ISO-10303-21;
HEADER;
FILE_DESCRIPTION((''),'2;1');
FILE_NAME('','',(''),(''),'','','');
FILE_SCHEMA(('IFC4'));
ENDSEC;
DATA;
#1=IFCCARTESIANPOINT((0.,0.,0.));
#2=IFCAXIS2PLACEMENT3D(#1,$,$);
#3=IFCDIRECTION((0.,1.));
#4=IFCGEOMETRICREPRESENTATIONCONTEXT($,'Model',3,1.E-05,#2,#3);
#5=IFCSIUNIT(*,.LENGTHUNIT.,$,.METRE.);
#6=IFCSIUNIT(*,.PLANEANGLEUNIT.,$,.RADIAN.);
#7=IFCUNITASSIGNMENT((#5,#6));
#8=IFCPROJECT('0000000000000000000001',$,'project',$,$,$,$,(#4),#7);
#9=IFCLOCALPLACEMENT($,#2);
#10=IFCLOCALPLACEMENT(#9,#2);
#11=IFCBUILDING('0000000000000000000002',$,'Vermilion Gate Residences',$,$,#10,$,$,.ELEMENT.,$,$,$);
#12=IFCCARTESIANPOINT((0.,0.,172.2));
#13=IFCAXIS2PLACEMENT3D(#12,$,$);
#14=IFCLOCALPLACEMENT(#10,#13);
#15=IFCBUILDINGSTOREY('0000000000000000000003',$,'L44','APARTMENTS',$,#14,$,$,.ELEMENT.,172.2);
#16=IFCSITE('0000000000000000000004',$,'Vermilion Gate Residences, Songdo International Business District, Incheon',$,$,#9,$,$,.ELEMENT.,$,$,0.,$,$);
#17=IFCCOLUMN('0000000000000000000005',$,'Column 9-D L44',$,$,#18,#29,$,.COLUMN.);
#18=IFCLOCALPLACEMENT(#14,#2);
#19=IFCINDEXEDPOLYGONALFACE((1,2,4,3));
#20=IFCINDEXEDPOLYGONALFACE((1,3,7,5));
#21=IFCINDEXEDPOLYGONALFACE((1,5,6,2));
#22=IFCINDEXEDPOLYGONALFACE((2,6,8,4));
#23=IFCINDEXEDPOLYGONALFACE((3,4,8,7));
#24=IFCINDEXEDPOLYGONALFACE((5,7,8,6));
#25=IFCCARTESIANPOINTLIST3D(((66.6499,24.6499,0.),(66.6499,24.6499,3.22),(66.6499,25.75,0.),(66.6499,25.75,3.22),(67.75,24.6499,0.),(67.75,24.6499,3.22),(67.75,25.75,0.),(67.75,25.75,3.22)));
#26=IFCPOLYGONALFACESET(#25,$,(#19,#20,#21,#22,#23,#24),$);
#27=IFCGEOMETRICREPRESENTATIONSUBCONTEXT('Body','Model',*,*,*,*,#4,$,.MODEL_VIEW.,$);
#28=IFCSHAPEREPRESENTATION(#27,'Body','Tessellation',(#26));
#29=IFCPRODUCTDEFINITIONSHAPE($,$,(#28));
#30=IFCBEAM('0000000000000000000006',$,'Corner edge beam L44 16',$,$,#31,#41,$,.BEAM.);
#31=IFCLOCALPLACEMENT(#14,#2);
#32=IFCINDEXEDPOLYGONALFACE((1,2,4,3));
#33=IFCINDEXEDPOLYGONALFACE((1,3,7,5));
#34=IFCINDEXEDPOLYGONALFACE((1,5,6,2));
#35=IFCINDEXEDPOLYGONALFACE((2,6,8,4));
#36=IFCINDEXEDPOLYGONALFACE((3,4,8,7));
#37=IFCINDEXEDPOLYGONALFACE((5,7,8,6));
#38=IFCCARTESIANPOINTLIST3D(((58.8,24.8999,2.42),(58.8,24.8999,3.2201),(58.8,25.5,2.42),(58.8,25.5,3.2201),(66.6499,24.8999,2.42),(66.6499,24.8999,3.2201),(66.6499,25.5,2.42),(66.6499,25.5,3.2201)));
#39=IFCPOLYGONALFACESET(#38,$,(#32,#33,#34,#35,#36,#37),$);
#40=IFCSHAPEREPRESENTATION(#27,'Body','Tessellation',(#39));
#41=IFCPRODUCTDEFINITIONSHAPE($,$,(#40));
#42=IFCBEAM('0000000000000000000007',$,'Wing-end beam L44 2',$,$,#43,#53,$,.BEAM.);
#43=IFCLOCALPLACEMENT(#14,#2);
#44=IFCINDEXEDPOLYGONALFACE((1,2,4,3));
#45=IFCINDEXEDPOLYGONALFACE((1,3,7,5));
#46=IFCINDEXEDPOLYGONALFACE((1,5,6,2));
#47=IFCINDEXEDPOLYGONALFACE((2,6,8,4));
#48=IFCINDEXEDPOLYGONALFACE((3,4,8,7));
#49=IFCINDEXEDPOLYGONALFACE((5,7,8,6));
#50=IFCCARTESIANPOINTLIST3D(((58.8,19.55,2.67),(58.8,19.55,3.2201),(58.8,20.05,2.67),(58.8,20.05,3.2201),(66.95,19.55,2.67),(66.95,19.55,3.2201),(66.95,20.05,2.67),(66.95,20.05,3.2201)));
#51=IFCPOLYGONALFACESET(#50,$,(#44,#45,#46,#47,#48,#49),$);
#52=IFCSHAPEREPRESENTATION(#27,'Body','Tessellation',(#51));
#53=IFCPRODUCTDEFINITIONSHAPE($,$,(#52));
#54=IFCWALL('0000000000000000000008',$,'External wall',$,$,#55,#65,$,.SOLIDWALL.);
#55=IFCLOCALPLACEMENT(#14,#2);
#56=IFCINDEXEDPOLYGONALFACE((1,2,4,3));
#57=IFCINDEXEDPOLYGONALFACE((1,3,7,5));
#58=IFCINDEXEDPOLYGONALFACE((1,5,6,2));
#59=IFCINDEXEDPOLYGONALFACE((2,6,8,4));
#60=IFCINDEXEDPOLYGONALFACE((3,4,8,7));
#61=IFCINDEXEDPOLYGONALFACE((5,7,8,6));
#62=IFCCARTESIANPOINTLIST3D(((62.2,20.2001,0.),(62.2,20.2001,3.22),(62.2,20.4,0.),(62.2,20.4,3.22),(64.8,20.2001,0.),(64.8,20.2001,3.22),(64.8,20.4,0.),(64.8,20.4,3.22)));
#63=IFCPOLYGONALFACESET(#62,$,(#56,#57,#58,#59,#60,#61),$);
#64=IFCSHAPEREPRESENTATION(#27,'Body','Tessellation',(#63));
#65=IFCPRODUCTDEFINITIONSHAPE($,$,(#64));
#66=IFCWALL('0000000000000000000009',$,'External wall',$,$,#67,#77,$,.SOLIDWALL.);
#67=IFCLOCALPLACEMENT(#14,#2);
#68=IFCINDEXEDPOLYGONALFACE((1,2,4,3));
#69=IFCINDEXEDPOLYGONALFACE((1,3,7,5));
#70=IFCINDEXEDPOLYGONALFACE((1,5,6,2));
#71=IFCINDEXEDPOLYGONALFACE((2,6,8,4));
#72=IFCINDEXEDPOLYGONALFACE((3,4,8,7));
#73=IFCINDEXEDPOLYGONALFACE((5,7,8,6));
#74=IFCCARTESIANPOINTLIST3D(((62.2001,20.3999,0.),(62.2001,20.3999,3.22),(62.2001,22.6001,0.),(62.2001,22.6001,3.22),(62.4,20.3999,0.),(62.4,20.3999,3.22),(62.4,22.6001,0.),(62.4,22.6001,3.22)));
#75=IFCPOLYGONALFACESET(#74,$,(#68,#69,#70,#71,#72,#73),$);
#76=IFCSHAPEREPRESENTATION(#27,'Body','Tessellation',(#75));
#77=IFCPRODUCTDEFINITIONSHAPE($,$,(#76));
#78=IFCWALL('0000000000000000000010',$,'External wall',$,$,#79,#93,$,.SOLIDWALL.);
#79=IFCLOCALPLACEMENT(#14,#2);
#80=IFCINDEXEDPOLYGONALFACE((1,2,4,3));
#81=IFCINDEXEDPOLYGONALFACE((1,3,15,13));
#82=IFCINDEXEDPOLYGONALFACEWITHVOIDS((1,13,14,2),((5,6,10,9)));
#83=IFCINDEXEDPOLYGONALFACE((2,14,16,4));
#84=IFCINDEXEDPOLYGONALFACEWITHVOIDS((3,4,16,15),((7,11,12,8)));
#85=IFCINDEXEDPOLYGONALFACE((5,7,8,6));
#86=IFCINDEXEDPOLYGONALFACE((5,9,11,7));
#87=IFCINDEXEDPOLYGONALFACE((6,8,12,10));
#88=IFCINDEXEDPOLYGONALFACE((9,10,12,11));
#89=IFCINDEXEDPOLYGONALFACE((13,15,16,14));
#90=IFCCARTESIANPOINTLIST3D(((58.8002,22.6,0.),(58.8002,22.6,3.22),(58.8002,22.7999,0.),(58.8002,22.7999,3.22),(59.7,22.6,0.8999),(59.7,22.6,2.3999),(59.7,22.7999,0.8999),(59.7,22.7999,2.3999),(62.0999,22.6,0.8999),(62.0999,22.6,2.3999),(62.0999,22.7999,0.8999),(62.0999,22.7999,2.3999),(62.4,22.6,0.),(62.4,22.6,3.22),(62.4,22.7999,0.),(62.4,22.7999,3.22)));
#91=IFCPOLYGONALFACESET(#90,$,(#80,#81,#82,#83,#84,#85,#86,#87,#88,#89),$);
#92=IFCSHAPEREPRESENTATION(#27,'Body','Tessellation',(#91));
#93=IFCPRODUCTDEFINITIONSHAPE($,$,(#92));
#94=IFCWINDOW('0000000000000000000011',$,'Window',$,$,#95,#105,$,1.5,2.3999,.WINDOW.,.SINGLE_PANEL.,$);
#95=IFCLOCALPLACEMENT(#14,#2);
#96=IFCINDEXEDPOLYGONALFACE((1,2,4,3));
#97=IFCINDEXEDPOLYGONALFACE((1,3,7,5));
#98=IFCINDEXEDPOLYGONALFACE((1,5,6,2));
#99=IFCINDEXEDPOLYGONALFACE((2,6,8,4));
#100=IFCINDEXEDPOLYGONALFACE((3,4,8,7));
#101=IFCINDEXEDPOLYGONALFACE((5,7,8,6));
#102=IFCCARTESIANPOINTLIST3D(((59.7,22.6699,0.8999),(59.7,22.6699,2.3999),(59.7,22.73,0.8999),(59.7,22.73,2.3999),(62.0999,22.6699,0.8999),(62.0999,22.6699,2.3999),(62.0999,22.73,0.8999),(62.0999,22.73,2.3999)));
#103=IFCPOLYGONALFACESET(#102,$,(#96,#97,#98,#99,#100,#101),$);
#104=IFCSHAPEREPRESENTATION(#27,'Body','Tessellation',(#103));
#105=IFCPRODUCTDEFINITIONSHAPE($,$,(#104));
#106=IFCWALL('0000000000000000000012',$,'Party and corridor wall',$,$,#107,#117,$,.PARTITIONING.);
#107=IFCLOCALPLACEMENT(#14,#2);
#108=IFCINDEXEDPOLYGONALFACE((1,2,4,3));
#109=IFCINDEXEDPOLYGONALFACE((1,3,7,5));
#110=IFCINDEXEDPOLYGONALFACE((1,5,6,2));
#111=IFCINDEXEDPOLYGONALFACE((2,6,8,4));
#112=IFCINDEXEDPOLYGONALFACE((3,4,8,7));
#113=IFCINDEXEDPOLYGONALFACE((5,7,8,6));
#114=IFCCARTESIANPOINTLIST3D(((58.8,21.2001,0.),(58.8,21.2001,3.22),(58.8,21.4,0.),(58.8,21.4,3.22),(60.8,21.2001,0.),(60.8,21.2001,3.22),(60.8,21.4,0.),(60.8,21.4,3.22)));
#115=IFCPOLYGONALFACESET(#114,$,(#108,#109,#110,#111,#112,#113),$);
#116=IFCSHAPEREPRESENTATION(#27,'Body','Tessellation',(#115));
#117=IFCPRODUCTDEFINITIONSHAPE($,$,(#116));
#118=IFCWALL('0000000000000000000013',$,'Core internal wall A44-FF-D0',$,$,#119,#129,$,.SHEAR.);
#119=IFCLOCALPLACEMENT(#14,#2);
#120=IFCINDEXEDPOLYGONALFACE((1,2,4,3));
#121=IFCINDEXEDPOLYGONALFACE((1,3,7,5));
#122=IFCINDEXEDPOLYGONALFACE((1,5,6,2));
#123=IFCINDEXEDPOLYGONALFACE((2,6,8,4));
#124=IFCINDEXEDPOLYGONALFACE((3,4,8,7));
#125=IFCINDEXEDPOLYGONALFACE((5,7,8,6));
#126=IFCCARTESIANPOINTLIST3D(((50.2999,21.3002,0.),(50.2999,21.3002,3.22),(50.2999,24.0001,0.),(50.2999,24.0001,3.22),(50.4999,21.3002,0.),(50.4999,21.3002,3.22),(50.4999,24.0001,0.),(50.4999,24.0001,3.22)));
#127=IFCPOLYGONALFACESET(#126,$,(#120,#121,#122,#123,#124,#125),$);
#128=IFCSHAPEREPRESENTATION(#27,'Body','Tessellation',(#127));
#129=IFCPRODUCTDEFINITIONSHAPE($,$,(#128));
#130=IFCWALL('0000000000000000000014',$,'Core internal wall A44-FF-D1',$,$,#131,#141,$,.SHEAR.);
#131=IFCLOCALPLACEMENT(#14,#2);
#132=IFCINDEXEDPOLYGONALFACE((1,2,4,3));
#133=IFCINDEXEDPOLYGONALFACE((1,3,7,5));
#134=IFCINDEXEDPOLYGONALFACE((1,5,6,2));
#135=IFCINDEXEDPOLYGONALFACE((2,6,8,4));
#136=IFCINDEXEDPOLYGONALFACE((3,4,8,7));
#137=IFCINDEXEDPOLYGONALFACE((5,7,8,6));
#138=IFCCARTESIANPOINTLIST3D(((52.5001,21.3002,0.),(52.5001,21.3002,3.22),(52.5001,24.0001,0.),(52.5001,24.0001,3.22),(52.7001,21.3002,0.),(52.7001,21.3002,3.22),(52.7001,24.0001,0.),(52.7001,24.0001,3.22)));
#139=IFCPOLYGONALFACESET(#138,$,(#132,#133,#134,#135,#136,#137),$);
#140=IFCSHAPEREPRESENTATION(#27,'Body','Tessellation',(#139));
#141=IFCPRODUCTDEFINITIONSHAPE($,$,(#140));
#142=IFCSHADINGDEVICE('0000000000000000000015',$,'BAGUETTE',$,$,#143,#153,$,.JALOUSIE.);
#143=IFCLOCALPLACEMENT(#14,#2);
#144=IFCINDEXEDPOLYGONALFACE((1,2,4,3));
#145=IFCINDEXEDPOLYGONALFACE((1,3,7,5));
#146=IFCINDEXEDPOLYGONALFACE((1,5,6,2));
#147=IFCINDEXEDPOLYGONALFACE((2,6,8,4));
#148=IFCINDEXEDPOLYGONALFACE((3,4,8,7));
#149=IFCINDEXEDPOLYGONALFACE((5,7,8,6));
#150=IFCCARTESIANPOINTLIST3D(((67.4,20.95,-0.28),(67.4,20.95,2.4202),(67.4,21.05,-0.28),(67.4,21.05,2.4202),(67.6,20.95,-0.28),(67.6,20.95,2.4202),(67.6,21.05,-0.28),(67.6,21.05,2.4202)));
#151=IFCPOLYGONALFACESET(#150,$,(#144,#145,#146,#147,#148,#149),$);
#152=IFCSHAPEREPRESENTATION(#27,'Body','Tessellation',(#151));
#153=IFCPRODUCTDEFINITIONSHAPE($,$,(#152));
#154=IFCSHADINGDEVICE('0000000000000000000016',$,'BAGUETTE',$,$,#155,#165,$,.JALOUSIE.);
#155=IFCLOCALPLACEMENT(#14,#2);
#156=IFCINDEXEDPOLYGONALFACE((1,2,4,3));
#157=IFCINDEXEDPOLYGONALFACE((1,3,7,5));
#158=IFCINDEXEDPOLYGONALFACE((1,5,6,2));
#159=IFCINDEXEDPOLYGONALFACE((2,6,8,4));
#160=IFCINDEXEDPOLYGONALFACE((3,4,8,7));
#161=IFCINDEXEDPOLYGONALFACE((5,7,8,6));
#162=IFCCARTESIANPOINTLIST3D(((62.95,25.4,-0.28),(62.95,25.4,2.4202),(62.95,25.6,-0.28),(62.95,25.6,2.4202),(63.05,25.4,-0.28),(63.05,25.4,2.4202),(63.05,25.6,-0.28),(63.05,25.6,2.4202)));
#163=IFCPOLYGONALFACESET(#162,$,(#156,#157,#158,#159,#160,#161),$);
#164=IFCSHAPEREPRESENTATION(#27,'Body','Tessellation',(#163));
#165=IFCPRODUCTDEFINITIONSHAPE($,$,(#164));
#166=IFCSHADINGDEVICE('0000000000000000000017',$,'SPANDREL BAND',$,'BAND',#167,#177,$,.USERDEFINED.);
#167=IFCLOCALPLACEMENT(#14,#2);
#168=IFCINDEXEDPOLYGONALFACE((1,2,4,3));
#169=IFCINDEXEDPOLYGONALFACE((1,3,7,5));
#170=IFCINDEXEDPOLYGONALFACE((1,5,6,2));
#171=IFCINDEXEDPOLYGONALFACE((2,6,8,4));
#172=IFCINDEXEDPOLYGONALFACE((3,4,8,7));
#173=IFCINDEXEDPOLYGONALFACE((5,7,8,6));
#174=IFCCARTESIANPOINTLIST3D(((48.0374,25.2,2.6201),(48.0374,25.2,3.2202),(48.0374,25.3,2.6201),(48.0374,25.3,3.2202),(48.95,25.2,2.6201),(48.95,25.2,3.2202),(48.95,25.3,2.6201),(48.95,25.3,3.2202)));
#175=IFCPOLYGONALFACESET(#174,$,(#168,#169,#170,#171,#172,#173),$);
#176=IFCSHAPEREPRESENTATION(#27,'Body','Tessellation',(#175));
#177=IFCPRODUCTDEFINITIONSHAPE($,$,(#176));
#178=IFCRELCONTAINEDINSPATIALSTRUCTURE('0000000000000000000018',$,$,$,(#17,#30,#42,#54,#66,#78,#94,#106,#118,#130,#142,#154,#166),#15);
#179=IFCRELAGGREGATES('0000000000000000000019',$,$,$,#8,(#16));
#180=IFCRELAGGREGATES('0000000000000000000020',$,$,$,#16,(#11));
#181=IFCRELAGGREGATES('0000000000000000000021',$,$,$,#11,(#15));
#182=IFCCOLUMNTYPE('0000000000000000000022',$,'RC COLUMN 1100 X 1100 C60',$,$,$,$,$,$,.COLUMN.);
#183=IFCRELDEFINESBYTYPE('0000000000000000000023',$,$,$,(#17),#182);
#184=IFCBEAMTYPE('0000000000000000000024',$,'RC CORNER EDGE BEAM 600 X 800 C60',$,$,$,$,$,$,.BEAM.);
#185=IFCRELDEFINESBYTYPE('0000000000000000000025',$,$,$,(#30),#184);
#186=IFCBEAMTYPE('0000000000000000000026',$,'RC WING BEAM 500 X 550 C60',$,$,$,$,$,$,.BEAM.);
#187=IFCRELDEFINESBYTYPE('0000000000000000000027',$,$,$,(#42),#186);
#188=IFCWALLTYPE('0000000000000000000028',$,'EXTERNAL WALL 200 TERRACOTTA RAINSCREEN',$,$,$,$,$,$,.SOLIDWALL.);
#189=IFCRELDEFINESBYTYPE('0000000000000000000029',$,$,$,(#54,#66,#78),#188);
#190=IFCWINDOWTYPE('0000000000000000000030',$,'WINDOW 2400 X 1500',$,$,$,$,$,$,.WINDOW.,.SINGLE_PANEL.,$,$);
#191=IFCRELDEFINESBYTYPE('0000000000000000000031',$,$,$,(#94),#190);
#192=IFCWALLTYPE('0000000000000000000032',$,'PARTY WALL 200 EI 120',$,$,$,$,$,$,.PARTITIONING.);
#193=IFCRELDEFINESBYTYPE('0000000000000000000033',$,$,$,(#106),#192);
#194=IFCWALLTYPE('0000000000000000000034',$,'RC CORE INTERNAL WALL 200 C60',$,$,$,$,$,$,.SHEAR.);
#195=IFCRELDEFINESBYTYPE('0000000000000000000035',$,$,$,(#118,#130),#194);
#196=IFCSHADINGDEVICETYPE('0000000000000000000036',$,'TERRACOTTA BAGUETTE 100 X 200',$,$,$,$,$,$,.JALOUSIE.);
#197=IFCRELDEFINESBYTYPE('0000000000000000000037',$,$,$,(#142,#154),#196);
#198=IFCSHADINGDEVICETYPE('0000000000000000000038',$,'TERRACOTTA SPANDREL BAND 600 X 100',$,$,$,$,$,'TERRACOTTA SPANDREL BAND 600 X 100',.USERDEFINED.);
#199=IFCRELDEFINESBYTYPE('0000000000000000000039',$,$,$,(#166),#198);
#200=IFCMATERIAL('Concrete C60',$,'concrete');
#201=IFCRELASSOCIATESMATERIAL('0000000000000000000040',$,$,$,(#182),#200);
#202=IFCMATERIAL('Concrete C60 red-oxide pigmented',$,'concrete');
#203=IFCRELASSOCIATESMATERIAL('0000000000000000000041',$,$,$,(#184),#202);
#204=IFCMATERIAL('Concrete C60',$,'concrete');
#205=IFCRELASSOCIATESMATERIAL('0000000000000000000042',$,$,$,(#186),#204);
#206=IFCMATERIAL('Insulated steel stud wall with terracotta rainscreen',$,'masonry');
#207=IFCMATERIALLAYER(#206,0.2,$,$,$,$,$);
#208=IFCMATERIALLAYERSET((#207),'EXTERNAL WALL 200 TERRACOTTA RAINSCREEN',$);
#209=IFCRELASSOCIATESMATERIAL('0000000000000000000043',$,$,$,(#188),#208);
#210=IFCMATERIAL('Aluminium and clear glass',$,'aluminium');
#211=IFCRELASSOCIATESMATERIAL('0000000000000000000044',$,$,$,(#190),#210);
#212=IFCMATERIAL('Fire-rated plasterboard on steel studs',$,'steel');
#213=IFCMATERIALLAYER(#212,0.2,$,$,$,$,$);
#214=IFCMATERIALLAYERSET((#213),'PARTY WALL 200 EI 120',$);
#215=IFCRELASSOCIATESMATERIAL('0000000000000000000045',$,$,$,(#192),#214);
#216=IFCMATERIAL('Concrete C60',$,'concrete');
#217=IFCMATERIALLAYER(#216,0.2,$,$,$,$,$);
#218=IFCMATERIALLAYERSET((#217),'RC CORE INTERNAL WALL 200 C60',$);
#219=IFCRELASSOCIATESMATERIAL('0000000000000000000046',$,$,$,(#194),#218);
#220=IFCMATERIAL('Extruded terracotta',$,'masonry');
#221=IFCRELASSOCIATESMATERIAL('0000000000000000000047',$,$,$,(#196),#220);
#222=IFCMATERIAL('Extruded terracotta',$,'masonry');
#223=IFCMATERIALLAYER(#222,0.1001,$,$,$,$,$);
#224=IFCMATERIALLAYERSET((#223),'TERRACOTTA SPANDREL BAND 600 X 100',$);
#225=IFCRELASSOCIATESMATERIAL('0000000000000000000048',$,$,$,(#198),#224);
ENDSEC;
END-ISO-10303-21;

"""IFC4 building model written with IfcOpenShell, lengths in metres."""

from ifc_helpers import new_model, si_unit, direction, frame, frame_2d, origin, origin_2d, place, context, subcontext, project, spatial, rectangle, extrude, material, layer, layer_set, material_profile, profile_set, type_object, element, fill, save


model = new_model("IFC4")

# Units and contexts
model_context = context("Model", 3, precision=1e-05, world=origin(), true_north=direction((0.0, 1.0)))
body_context = subcontext(model_context, "Body", "Model", "MODEL_VIEW")
ifc_project = project(units=[si_unit("LENGTHUNIT", "METRE"), si_unit("PLANEANGLEUNIT", "RADIAN")], contexts=[model_context])

# Site, building, storey
site_placement = place(None, origin())
site = spatial("IfcSite", under=ifc_project, at=site_placement, Name="Vermilion Gate Residences, Songdo International Business District, Incheon", CompositionType="ELEMENT", RefElevation=0.0)
building_placement = place(site_placement, origin())
building = spatial("IfcBuilding", under=site, at=building_placement, Name="Vermilion Gate Residences", CompositionType="ELEMENT")
storey_placement = place(building_placement, frame((0.0, 0.0, 172.2)))
storey = spatial("IfcBuildingStorey", under=building, at=storey_placement, Name="L44", Description="APARTMENTS", CompositionType="ELEMENT", Elevation=172.2)

# Column
ifc_material_1 = material(Name="Concrete C60", Category="concrete")
ifc_material_profile_1 = material_profile(ifc_material_1, rectangle(XDim=1.1001, YDim=1.1001, at=origin_2d()), Name="RC-1100x1100")
ifc_profile_set_1 = profile_set([ifc_material_profile_1], Name="Concrete C60")
column_type = type_object("IfcColumnType", Name="RC COLUMN 1100 X 1100 C60", PredefinedType="COLUMN", material=ifc_profile_set_1)
column_placement = place(storey_placement, frame((67.2, 25.2, 0.0), z_axis=(0.0, 0.0, 1.0), x_axis=(1.0, 0.0, 0.0)))
element("IfcColumn", 1, at=column_placement, inside=storey, type_object=column_type, Name="Column 9-D L44", PredefinedType="COLUMN", context=body_context, shape_type="SweptSolid", body=[
    extrude(rectangle(XDim=1.1001, YDim=1.1001, at=origin_2d()), origin(), (0.0, 0.0, 1.0), 3.22),
])

# Beams
ifc_material_2 = material(Name="Concrete C60 red-oxide pigmented", Category="concrete")
ifc_material_profile_2 = material_profile(ifc_material_2, rectangle(XDim=0.6001, YDim=0.8, at=origin_2d()), Name="RC-600x800")
ifc_profile_set_2 = profile_set([ifc_material_profile_2], Name="Concrete C60 red-oxide pigmented")
beam_type_1 = type_object("IfcBeamType", Name="RC CORNER EDGE BEAM 600 X 800 C60", PredefinedType="BEAM", material=ifc_profile_set_2)
beam_1_placement = place(storey_placement, frame((58.8, 25.2, 2.8201), z_axis=(1.0, 0.0, 0.0), x_axis=(0.0, 1.0, 0.0)))
element("IfcBeam", 2, at=beam_1_placement, inside=storey, type_object=beam_type_1, Name="Corner edge beam L44 16", PredefinedType="BEAM", context=body_context, shape_type="SweptSolid", body=[
    extrude(rectangle(XDim=0.6001, YDim=0.8, at=origin_2d()), origin(), (0.0, 0.0, 1.0), 7.8499),
])
ifc_material_3 = material(Name="Concrete C60", Category="concrete")
ifc_material_profile_3 = material_profile(ifc_material_3, rectangle(XDim=0.5, YDim=0.55, at=origin_2d()), Name="RC-500x550")
ifc_profile_set_3 = profile_set([ifc_material_profile_3], Name="Concrete C60")
beam_type_2 = type_object("IfcBeamType", Name="RC WING BEAM 500 X 550 C60", PredefinedType="BEAM", material=ifc_profile_set_3)
beam_2_placement = place(storey_placement, frame((58.8, 19.8, 2.9451), z_axis=(1.0, 0.0, 0.0), x_axis=(0.0, 1.0, 0.0)))
element("IfcBeam", 3, at=beam_2_placement, inside=storey, type_object=beam_type_2, Name="Wing-end beam L44 2", PredefinedType="BEAM", context=body_context, shape_type="SweptSolid", body=[
    extrude(rectangle(XDim=0.5, YDim=0.55, at=origin_2d()), origin(), (0.0, 0.0, 1.0), 8.1499),
])

# Walls
ifc_material_4 = material(Name="Insulated steel stud wall with terracotta rainscreen", Category="masonry")
ifc_layer_1 = layer(ifc_material_4, 0.2)
ifc_layer_set_1 = layer_set([ifc_layer_1], Name="EXTERNAL WALL 200 TERRACOTTA RAINSCREEN")
wall_type_1 = type_object("IfcWallType", Name="EXTERNAL WALL 200 TERRACOTTA RAINSCREEN", PredefinedType="SOLIDWALL", material=ifc_layer_set_1)
wall_1_placement = place(storey_placement, frame((64.8, 20.3, 0.0), z_axis=(0.0, 0.0, 1.0), x_axis=(-1.0, 0.0, 0.0)))
element("IfcWall", 4, at=wall_1_placement, inside=storey, type_object=wall_type_1, Name="External wall", PredefinedType="SOLIDWALL", context=body_context, shape_type="SweptSolid", body=[
    extrude(rectangle(XDim=2.6001, YDim=0.2, at=frame_2d((1.3, 0.0))), origin(), (0.0, 0.0, 1.0), 3.22),
])
wall_2_placement = place(storey_placement, frame((62.3, 20.3999, 0.0), z_axis=(0.0, 0.0, 1.0), x_axis=(0.0, 1.0, 0.0)))
element("IfcWall", 5, at=wall_2_placement, inside=storey, type_object=wall_type_1, Name="External wall", PredefinedType="SOLIDWALL", context=body_context, shape_type="SweptSolid", body=[
    extrude(rectangle(XDim=2.2002, YDim=0.2, at=frame_2d((1.1001, 0.0))), origin(), (0.0, 0.0, 1.0), 3.22),
])

# Wall, opening, window
wall_3_placement = place(storey_placement, frame((62.3999, 22.7, 0.0), z_axis=(0.0, 0.0, 1.0), x_axis=(-1.0, 0.0, 0.0)))
wall_3 = element("IfcWall", 6, at=wall_3_placement, inside=storey, type_object=wall_type_1, Name="External wall", PredefinedType="SOLIDWALL", context=body_context, shape_type="SweptSolid", body=[
    extrude(rectangle(XDim=3.5999, YDim=0.2, at=frame_2d((1.7998, 0.0))), origin(), (0.0, 0.0, 1.0), 3.22),
])
opening_placement = place(wall_3_placement, frame((0.3, 0.0, 0.8999)))
opening = element("IfcOpeningElement", 7, at=opening_placement, cuts=wall_3, PredefinedType="OPENING", context=body_context, shape_type="SweptSolid", body=[
    extrude(rectangle(XDim=2.3999, YDim=1.5, at=frame_2d((1.2, 0.75))), frame((0.0, 0.1099, 0.0), z_axis=(0.0, -1.0, 0.0), x_axis=(1.0, 0.0, 0.0)), (0.0, 0.0, 1.0), 0.22),
])
ifc_material_5 = material(Name="Aluminium and clear glass", Category="aluminium")
window_type = type_object("IfcWindowType", Name="WINDOW 2400 X 1500", PartitioningType="SINGLE_PANEL", PredefinedType="WINDOW", material=ifc_material_5)
window_placement = place(opening_placement, origin())
window = element("IfcWindow", 8, at=window_placement, inside=storey, type_object=window_type, Name="Window", OverallHeight=1.5, OverallWidth=2.3999, PartitioningType="SINGLE_PANEL", PredefinedType="WINDOW", context=body_context, shape_type="SweptSolid", body=[
    extrude(rectangle(XDim=2.3999, YDim=1.5, at=frame_2d((1.2, 0.75))), frame((0.0, 0.03, 0.0), z_axis=(0.0, -1.0, 0.0), x_axis=(1.0, 0.0, 0.0)), (0.0, 0.0, 1.0), 0.0601),
])
fill(opening, window)

# Walls
ifc_material_6 = material(Name="Fire-rated plasterboard on steel studs", Category="steel")
ifc_layer_2 = layer(ifc_material_6, 0.2)
ifc_layer_set_2 = layer_set([ifc_layer_2], Name="PARTY WALL 200 EI 120")
wall_type_2 = type_object("IfcWallType", Name="PARTY WALL 200 EI 120", PredefinedType="PARTITIONING", material=ifc_layer_set_2)
wall_4_placement = place(storey_placement, frame((58.8, 21.3, 0.0), z_axis=(0.0, 0.0, 1.0), x_axis=(1.0, 0.0, 0.0)))
element("IfcWall", 9, at=wall_4_placement, inside=storey, type_object=wall_type_2, Name="Party and corridor wall", PredefinedType="PARTITIONING", context=body_context, shape_type="SweptSolid", body=[
    extrude(rectangle(XDim=2.0, YDim=0.2, at=frame_2d((1.0, 0.0))), origin(), (0.0, 0.0, 1.0), 3.22),
])
ifc_material_7 = material(Name="Concrete C60", Category="concrete")
ifc_layer_3 = layer(ifc_material_7, 0.2)
ifc_layer_set_3 = layer_set([ifc_layer_3], Name="RC CORE INTERNAL WALL 200 C60")
wall_type_3 = type_object("IfcWallType", Name="RC CORE INTERNAL WALL 200 C60", PredefinedType="SHEAR", material=ifc_layer_set_3)
for number, where, z_axis, x_axis, name in (
    (10, (50.3999, 21.3, 0.0), (0.0, 0.0, 1.0), (0.0, 1.0, 0.0), "Core internal wall A44-FF-D0"),
    (11, (52.6001, 21.3, 0.0), (0.0, 0.0, 1.0), (0.0, 1.0, 0.0), "Core internal wall A44-FF-D1"),
):
    element("IfcWall", number, at=place(storey_placement, frame(where, z_axis=z_axis, x_axis=x_axis)), inside=storey, type_object=wall_type_3, Name=name, PredefinedType="SHEAR", context=body_context, shape_type="SweptSolid", body=[
        extrude(rectangle(XDim=2.7, YDim=0.2, at=frame_2d((1.3501, 0.0))), origin(), (0.0, 0.0, 1.0), 3.22),
    ])

# Shading devices
ifc_material_8 = material(Name="Extruded terracotta", Category="masonry")
ifc_material_profile_4 = material_profile(ifc_material_8, rectangle(XDim=0.2, YDim=0.1001, at=origin_2d()), Name="BAGUETTE 100 X 200")
ifc_profile_set_4 = profile_set([ifc_material_profile_4], Name="Extruded terracotta")
shading_device_type_1 = type_object("IfcShadingDeviceType", Name="TERRACOTTA BAGUETTE 100 X 200", PredefinedType="JALOUSIE", material=ifc_profile_set_4)
for number, where, z_axis, x_axis, name in (
    (12, (67.5, 21.0, -0.28), (0.0, 0.0, 1.0), (-1.0, 0.0, 0.0), "BAGUETTE"),
    (13, (63.0, 25.5, -0.28), (0.0, 0.0, 1.0), (0.0, -1.0, 0.0), "BAGUETTE"),
):
    element("IfcShadingDevice", number, at=place(storey_placement, frame(where, z_axis=z_axis, x_axis=x_axis)), inside=storey, type_object=shading_device_type_1, Name=name, PredefinedType="JALOUSIE", context=body_context, shape_type="SweptSolid", body=[
        extrude(rectangle(XDim=0.2, YDim=0.1001, at=origin_2d()), origin(), (0.0, 0.0, 1.0), 2.7002),
    ])
ifc_material_9 = material(Name="Extruded terracotta", Category="masonry")
ifc_layer_4 = layer(ifc_material_9, 0.1001)
ifc_layer_set_4 = layer_set([ifc_layer_4], Name="TERRACOTTA SPANDREL BAND 600 X 100")
shading_device_type_2 = type_object("IfcShadingDeviceType", Name="TERRACOTTA SPANDREL BAND 600 X 100", ElementType="TERRACOTTA SPANDREL BAND 600 X 100", PredefinedType="USERDEFINED", material=ifc_layer_set_4)
shading_device_1_placement = place(storey_placement, frame((48.4937, 25.25, 2.6201), z_axis=(0.0, 0.0, 1.0), x_axis=(1.0, 0.0, 0.0)))
element("IfcShadingDevice", 14, at=shading_device_1_placement, inside=storey, type_object=shading_device_type_2, Name="SPANDREL BAND", ObjectType="BAND", PredefinedType="USERDEFINED", context=body_context, shape_type="SweptSolid", body=[
    extrude(rectangle(XDim=0.9126, YDim=0.1001, at=origin_2d()), origin(), (0.0, 0.0, 1.0), 0.6001),
])

save(model, "model.ifc")
